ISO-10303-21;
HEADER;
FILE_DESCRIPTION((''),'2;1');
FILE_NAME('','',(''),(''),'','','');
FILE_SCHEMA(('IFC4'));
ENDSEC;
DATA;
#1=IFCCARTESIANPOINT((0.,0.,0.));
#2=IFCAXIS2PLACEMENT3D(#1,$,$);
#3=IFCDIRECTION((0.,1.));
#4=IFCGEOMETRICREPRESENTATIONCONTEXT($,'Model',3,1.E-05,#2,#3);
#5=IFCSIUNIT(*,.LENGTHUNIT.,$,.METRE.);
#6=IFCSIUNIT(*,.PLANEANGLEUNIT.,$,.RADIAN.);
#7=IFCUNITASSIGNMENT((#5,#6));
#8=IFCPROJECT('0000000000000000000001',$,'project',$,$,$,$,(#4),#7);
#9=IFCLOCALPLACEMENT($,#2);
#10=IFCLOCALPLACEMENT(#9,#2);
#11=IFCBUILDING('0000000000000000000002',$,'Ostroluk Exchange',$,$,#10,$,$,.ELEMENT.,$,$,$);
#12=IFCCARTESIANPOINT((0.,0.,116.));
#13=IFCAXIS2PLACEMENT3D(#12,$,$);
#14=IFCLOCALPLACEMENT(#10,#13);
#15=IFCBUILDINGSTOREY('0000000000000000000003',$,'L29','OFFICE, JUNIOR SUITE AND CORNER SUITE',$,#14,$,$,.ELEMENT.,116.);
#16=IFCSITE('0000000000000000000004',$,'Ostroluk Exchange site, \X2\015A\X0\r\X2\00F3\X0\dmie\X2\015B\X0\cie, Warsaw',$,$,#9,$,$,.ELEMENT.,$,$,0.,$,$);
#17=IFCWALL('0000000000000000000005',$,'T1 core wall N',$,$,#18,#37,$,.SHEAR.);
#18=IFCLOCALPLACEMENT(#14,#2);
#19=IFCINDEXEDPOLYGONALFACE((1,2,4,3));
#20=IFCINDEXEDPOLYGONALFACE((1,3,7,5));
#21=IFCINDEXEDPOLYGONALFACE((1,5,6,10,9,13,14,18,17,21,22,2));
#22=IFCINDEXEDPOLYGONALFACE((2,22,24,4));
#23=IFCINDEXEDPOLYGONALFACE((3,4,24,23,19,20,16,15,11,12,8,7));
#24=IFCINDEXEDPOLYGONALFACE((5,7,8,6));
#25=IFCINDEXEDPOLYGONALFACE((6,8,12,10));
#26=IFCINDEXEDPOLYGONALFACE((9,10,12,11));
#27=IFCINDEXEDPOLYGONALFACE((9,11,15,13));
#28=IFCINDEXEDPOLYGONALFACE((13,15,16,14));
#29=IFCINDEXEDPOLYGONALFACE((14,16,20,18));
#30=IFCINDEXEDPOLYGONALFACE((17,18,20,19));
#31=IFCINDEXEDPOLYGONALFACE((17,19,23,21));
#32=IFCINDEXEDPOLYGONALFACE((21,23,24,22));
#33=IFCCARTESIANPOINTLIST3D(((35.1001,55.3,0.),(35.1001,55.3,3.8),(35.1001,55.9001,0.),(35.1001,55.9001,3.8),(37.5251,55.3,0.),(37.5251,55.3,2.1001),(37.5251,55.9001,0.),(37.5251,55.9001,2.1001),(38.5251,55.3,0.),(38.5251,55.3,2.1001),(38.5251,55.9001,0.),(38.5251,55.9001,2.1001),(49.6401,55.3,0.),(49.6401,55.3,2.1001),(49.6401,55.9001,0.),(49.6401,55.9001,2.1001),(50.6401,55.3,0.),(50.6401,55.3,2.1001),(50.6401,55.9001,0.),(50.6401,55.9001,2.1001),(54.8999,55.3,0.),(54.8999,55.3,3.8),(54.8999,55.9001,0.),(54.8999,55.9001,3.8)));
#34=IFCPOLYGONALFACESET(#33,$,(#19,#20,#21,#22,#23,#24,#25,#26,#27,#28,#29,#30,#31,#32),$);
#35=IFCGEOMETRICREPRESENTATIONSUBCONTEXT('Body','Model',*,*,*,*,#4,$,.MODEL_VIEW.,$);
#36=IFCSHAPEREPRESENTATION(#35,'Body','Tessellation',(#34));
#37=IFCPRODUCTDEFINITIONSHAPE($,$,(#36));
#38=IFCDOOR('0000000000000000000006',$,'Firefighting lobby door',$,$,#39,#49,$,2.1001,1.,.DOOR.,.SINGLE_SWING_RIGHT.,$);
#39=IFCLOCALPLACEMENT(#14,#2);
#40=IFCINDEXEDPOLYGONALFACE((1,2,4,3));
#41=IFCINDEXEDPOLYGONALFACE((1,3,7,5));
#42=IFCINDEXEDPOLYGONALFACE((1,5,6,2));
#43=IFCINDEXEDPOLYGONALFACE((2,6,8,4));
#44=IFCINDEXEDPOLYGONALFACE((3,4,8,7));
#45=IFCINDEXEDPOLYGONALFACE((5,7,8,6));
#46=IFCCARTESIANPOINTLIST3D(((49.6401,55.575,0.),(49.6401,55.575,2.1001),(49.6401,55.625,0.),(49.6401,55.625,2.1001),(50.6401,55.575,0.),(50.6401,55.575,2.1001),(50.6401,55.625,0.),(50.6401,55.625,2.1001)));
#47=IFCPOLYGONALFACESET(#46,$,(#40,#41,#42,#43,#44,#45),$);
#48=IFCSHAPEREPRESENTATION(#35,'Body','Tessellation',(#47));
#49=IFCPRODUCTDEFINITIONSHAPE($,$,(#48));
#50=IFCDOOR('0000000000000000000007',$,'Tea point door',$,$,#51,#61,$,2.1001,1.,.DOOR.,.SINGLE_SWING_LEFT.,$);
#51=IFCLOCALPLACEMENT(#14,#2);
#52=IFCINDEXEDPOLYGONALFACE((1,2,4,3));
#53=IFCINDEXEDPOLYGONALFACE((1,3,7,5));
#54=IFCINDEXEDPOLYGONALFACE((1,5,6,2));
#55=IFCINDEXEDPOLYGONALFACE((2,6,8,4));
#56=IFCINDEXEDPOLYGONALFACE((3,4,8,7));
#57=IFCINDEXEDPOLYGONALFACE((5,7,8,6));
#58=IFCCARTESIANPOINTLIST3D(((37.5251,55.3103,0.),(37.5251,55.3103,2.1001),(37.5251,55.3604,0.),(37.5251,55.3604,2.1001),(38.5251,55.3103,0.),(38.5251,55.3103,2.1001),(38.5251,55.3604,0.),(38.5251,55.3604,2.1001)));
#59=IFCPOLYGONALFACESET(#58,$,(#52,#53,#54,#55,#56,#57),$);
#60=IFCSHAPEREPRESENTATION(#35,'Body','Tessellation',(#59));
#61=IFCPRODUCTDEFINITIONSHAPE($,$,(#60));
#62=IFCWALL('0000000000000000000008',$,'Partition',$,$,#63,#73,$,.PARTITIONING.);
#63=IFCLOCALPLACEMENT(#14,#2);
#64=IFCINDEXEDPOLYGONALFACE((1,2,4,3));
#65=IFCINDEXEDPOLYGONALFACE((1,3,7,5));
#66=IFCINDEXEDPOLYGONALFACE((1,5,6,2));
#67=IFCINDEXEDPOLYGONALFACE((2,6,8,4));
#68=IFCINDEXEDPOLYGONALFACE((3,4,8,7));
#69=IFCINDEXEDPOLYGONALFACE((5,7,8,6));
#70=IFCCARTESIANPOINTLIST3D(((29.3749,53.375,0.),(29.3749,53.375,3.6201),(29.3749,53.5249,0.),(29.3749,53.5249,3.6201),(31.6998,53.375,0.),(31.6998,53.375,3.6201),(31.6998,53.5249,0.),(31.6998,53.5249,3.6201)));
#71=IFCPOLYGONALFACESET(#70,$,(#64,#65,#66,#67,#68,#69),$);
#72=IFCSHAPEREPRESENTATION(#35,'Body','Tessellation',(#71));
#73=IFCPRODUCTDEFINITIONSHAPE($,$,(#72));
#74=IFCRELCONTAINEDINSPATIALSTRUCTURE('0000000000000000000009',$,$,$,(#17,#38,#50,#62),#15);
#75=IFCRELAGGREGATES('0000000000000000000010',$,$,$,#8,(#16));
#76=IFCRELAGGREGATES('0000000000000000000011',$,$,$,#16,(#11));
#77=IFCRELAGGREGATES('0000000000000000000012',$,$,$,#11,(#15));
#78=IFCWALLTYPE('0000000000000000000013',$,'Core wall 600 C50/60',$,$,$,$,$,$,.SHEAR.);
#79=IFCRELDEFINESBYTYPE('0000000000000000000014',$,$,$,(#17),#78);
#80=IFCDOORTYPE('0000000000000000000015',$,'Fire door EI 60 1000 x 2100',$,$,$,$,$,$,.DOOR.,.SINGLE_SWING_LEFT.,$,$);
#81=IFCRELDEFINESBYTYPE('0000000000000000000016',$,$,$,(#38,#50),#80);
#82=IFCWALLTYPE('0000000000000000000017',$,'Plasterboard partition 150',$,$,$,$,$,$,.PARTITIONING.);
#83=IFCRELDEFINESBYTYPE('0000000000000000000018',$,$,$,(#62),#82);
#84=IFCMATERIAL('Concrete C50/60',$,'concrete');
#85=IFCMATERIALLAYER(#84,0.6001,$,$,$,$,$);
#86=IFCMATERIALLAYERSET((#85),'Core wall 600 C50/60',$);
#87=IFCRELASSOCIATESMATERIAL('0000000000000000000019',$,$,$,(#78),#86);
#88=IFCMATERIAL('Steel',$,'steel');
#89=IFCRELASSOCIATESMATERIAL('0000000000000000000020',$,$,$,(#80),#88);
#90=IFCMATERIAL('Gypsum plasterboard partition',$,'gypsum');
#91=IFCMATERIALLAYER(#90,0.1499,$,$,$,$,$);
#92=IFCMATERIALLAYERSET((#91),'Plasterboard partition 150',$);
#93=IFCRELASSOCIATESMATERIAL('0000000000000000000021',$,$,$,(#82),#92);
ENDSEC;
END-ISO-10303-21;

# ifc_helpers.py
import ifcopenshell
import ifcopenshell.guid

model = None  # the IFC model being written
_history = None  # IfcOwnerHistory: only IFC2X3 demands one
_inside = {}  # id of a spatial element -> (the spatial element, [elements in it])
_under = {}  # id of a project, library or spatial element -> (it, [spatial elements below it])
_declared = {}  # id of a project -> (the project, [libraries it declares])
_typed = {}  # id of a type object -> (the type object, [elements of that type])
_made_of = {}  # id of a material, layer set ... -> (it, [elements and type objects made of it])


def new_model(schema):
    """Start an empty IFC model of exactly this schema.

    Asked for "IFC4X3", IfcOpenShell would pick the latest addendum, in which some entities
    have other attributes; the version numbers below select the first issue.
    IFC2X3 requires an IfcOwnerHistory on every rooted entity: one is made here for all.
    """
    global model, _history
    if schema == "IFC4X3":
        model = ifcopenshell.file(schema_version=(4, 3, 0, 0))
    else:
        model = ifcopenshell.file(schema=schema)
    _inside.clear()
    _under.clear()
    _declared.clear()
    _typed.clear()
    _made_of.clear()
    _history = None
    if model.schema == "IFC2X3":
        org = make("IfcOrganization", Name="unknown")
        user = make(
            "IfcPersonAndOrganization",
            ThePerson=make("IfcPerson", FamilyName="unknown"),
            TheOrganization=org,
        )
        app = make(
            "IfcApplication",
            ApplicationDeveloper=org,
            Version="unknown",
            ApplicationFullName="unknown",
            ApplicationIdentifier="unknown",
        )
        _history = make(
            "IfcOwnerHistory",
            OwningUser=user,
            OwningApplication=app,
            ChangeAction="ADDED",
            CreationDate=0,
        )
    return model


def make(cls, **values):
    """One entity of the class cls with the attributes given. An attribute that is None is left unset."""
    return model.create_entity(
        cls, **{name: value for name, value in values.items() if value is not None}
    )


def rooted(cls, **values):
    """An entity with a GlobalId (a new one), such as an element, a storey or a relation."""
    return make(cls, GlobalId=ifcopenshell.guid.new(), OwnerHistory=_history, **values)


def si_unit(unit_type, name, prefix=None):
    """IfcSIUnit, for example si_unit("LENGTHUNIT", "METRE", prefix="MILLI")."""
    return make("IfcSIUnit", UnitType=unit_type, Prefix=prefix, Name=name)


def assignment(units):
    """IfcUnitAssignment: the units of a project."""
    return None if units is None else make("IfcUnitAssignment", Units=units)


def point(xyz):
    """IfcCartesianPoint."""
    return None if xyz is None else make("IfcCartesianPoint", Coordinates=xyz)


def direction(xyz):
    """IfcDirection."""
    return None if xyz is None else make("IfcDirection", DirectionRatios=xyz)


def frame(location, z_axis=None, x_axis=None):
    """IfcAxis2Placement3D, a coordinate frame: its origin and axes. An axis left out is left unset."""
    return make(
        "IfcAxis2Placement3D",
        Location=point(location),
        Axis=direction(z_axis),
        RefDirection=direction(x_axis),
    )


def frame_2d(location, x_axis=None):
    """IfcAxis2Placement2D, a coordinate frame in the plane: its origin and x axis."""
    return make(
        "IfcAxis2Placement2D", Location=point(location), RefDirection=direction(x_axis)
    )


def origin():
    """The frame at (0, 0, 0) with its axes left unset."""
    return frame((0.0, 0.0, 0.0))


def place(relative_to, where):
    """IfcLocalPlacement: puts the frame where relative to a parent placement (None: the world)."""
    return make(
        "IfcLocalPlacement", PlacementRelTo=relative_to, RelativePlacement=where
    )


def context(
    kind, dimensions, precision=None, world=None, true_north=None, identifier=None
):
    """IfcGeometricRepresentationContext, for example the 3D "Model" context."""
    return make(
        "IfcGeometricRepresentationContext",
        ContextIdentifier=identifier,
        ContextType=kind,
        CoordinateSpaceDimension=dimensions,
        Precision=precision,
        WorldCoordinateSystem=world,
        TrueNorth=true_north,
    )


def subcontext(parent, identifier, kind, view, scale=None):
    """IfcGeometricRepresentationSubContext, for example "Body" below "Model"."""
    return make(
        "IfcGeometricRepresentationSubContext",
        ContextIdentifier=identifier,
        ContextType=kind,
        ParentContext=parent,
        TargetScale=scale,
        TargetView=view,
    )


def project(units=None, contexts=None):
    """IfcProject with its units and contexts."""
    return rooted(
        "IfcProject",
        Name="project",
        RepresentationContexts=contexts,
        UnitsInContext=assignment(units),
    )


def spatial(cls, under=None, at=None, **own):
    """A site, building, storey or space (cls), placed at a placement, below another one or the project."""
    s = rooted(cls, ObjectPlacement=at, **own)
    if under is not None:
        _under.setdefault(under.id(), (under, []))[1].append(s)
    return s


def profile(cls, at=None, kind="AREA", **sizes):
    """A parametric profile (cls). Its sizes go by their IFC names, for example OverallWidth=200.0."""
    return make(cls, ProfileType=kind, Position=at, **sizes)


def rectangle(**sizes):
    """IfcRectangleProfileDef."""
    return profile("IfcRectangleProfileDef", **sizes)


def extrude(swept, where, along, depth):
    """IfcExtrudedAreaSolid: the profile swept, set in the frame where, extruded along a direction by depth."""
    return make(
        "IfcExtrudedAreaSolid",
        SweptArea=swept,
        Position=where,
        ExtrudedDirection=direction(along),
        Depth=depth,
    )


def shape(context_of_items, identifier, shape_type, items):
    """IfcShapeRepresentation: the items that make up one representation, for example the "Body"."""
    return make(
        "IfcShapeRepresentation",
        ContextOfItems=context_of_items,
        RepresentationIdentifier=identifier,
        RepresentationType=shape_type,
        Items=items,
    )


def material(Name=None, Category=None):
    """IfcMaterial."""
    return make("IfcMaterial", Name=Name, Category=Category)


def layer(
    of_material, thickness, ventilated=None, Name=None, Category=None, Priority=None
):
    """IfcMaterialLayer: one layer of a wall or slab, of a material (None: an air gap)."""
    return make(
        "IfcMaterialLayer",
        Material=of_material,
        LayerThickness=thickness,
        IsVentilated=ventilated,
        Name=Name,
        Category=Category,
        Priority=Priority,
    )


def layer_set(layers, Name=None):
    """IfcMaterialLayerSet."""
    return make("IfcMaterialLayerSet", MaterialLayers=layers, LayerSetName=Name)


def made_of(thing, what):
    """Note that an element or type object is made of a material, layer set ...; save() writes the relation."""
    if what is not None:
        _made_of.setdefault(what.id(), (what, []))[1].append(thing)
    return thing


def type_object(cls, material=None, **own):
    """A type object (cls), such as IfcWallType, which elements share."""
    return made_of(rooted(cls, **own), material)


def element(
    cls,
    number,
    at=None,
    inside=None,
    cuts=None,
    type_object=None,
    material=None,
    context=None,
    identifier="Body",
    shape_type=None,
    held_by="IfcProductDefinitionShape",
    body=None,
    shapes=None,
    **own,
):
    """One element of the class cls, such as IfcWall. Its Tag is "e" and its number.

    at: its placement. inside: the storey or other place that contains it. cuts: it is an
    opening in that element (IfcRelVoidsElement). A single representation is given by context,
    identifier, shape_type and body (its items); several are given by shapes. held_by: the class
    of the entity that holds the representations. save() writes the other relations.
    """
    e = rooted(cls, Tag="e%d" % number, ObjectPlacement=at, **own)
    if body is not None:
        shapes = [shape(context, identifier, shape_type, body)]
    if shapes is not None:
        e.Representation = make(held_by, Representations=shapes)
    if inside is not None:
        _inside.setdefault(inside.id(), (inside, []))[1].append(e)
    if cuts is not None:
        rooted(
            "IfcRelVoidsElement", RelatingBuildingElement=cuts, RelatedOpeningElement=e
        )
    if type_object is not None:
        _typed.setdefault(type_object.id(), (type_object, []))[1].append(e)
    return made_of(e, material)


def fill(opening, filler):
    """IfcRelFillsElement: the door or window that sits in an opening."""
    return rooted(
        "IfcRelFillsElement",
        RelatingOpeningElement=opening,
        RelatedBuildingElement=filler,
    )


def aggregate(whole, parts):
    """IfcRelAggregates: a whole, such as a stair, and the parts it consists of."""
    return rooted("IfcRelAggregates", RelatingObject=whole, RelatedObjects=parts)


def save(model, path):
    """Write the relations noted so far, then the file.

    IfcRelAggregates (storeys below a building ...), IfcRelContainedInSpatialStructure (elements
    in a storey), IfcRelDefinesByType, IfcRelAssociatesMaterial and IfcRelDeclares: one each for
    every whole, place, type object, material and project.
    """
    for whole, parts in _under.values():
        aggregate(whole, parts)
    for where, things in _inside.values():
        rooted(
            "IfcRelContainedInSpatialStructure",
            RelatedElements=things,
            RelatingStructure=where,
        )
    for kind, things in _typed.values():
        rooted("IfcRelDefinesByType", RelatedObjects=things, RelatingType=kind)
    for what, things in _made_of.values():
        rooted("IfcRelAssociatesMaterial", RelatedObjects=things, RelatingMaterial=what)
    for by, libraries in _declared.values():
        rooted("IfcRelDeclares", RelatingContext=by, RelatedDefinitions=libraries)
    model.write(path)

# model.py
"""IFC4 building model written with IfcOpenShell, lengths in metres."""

from ifc_helpers import new_model, si_unit, direction, frame, frame_2d, origin, place, context, subcontext, project, spatial, rectangle, extrude, material, layer, layer_set, type_object, element, fill, save


model = new_model("IFC4")

# Units and contexts
model_context = context("Model", 3, precision=1e-05, world=origin(), true_north=direction((0.0, 1.0)))
body_context = subcontext(model_context, "Body", "Model", "MODEL_VIEW")
ifc_project = project(units=[si_unit("LENGTHUNIT", "METRE"), si_unit("PLANEANGLEUNIT", "RADIAN")], contexts=[model_context])

# Site, building, storey
site_placement = place(None, origin())
site = spatial("IfcSite", under=ifc_project, at=site_placement, Name="Ostroluk Exchange site, Śródmieście, Warsaw", CompositionType="ELEMENT", RefElevation=0.0)
building_placement = place(site_placement, origin())
building = spatial("IfcBuilding", under=site, at=building_placement, Name="Ostroluk Exchange", CompositionType="ELEMENT")
storey_placement = place(building_placement, frame((0.0, 0.0, 116.0)))
storey = spatial("IfcBuildingStorey", under=building, at=storey_placement, Name="L29", Description="OFFICE, JUNIOR SUITE AND CORNER SUITE", CompositionType="ELEMENT", Elevation=116.0)

# Wall, openings, doors
ifc_material_1 = material(Name="Concrete C50/60", Category="concrete")
ifc_layer_1 = layer(ifc_material_1, 0.6001)
ifc_layer_set_1 = layer_set([ifc_layer_1], Name="Core wall 600 C50/60")
wall_type_1 = type_object("IfcWallType", Name="Core wall 600 C50/60", PredefinedType="SHEAR", material=ifc_layer_set_1)
wall_1_placement = place(storey_placement, frame((35.1001, 55.6001, 0.0), z_axis=(0.0, 0.0, 1.0), x_axis=(1.0, 0.0, 0.0)))
wall_1 = element("IfcWall", 1, at=wall_1_placement, inside=storey, type_object=wall_type_1, Name="T1 core wall N", PredefinedType="SHEAR", context=body_context, shape_type="SweptSolid", body=[
    extrude(rectangle(XDim=19.7998, YDim=0.6001, at=frame_2d((9.8999, 0.0))), origin(), (0.0, 0.0, 1.0), 3.8),
])
opening_1_placement = place(wall_1_placement, frame((14.54, 0.0, 0.0)))
opening_1 = element("IfcOpeningElement", 2, at=opening_1_placement, cuts=wall_1, PredefinedType="OPENING", context=body_context, shape_type="SweptSolid", body=[
    extrude(rectangle(XDim=1.0, YDim=2.1001, at=frame_2d((0.5, 1.05))), frame((0.0, 0.3101, 0.0), z_axis=(0.0, -1.0, 0.0), x_axis=(1.0, 0.0, 0.0)), (0.0, 0.0, 1.0), 0.6201),
])
opening_2_placement = place(wall_1_placement, frame((2.425, 0.0, 0.0)))
opening_2 = element("IfcOpeningElement", 3, at=opening_2_placement, cuts=wall_1, PredefinedType="OPENING", context=body_context, shape_type="SweptSolid", body=[
    extrude(rectangle(XDim=1.0, YDim=2.1001, at=frame_2d((0.5, 1.05))), frame((0.0, 0.3101, 0.0), z_axis=(0.0, -1.0, 0.0), x_axis=(1.0, 0.0, 0.0)), (0.0, 0.0, 1.0), 0.6201),
])
ifc_material_2 = material(Name="Steel", Category="steel")
door_type_1 = type_object("IfcDoorType", Name="Fire door EI 60 1000 x 2100", OperationType="SINGLE_SWING_LEFT", PredefinedType="DOOR", material=ifc_material_2)
door_1_placement = place(opening_1_placement, origin())
door_1 = element("IfcDoor", 4, at=door_1_placement, inside=storey, type_object=door_type_1, Name="Firefighting lobby door", OperationType="SINGLE_SWING_RIGHT", OverallHeight=2.1001, OverallWidth=1.0, PredefinedType="DOOR", context=body_context, shape_type="SweptSolid", body=[
    extrude(rectangle(XDim=1.0, YDim=2.1001, at=frame_2d((0.5, 1.05))), frame((0.0, 0.0249, 0.0), z_axis=(0.0, -1.0, 0.0), x_axis=(1.0, 0.0, 0.0)), (0.0, 0.0, 1.0), 0.05),
])
fill(opening_1, door_1)
door_2_placement = place(opening_2_placement, origin())
door_2 = element("IfcDoor", 5, at=door_2_placement, inside=storey, type_object=door_type_1, Name="Tea point door", OperationType="SINGLE_SWING_LEFT", OverallHeight=2.1001, OverallWidth=1.0, PredefinedType="DOOR", context=body_context, shape_type="SweptSolid", body=[
    extrude(rectangle(XDim=1.0, YDim=2.1001, at=frame_2d((0.5, 1.05))), frame((0.0, -0.2397, 0.0), z_axis=(0.0, -1.0, 0.0), x_axis=(1.0, 0.0, 0.0)), (0.0, 0.0, 1.0), 0.05),
])
fill(opening_2, door_2)

# Wall
ifc_material_3 = material(Name="Gypsum plasterboard partition", Category="gypsum")
ifc_layer_2 = layer(ifc_material_3, 0.1499)
ifc_layer_set_2 = layer_set([ifc_layer_2], Name="Plasterboard partition 150")
wall_type_2 = type_object("IfcWallType", Name="Plasterboard partition 150", PredefinedType="PARTITIONING", material=ifc_layer_set_2)
wall_2_placement = place(storey_placement, frame((31.7, 53.45, 0.0), z_axis=(0.0, 0.0, 1.0), x_axis=(-1.0, 0.0, 0.0)))
element("IfcWall", 6, at=wall_2_placement, inside=storey, type_object=wall_type_2, Name="Partition", PredefinedType="PARTITIONING", context=body_context, shape_type="SweptSolid", body=[
    extrude(rectangle(XDim=2.325, YDim=0.1499, at=frame_2d((1.1626, 0.0))), origin(), (0.0, 0.0, 1.0), 3.6201),
])

save(model, "model.ifc")
